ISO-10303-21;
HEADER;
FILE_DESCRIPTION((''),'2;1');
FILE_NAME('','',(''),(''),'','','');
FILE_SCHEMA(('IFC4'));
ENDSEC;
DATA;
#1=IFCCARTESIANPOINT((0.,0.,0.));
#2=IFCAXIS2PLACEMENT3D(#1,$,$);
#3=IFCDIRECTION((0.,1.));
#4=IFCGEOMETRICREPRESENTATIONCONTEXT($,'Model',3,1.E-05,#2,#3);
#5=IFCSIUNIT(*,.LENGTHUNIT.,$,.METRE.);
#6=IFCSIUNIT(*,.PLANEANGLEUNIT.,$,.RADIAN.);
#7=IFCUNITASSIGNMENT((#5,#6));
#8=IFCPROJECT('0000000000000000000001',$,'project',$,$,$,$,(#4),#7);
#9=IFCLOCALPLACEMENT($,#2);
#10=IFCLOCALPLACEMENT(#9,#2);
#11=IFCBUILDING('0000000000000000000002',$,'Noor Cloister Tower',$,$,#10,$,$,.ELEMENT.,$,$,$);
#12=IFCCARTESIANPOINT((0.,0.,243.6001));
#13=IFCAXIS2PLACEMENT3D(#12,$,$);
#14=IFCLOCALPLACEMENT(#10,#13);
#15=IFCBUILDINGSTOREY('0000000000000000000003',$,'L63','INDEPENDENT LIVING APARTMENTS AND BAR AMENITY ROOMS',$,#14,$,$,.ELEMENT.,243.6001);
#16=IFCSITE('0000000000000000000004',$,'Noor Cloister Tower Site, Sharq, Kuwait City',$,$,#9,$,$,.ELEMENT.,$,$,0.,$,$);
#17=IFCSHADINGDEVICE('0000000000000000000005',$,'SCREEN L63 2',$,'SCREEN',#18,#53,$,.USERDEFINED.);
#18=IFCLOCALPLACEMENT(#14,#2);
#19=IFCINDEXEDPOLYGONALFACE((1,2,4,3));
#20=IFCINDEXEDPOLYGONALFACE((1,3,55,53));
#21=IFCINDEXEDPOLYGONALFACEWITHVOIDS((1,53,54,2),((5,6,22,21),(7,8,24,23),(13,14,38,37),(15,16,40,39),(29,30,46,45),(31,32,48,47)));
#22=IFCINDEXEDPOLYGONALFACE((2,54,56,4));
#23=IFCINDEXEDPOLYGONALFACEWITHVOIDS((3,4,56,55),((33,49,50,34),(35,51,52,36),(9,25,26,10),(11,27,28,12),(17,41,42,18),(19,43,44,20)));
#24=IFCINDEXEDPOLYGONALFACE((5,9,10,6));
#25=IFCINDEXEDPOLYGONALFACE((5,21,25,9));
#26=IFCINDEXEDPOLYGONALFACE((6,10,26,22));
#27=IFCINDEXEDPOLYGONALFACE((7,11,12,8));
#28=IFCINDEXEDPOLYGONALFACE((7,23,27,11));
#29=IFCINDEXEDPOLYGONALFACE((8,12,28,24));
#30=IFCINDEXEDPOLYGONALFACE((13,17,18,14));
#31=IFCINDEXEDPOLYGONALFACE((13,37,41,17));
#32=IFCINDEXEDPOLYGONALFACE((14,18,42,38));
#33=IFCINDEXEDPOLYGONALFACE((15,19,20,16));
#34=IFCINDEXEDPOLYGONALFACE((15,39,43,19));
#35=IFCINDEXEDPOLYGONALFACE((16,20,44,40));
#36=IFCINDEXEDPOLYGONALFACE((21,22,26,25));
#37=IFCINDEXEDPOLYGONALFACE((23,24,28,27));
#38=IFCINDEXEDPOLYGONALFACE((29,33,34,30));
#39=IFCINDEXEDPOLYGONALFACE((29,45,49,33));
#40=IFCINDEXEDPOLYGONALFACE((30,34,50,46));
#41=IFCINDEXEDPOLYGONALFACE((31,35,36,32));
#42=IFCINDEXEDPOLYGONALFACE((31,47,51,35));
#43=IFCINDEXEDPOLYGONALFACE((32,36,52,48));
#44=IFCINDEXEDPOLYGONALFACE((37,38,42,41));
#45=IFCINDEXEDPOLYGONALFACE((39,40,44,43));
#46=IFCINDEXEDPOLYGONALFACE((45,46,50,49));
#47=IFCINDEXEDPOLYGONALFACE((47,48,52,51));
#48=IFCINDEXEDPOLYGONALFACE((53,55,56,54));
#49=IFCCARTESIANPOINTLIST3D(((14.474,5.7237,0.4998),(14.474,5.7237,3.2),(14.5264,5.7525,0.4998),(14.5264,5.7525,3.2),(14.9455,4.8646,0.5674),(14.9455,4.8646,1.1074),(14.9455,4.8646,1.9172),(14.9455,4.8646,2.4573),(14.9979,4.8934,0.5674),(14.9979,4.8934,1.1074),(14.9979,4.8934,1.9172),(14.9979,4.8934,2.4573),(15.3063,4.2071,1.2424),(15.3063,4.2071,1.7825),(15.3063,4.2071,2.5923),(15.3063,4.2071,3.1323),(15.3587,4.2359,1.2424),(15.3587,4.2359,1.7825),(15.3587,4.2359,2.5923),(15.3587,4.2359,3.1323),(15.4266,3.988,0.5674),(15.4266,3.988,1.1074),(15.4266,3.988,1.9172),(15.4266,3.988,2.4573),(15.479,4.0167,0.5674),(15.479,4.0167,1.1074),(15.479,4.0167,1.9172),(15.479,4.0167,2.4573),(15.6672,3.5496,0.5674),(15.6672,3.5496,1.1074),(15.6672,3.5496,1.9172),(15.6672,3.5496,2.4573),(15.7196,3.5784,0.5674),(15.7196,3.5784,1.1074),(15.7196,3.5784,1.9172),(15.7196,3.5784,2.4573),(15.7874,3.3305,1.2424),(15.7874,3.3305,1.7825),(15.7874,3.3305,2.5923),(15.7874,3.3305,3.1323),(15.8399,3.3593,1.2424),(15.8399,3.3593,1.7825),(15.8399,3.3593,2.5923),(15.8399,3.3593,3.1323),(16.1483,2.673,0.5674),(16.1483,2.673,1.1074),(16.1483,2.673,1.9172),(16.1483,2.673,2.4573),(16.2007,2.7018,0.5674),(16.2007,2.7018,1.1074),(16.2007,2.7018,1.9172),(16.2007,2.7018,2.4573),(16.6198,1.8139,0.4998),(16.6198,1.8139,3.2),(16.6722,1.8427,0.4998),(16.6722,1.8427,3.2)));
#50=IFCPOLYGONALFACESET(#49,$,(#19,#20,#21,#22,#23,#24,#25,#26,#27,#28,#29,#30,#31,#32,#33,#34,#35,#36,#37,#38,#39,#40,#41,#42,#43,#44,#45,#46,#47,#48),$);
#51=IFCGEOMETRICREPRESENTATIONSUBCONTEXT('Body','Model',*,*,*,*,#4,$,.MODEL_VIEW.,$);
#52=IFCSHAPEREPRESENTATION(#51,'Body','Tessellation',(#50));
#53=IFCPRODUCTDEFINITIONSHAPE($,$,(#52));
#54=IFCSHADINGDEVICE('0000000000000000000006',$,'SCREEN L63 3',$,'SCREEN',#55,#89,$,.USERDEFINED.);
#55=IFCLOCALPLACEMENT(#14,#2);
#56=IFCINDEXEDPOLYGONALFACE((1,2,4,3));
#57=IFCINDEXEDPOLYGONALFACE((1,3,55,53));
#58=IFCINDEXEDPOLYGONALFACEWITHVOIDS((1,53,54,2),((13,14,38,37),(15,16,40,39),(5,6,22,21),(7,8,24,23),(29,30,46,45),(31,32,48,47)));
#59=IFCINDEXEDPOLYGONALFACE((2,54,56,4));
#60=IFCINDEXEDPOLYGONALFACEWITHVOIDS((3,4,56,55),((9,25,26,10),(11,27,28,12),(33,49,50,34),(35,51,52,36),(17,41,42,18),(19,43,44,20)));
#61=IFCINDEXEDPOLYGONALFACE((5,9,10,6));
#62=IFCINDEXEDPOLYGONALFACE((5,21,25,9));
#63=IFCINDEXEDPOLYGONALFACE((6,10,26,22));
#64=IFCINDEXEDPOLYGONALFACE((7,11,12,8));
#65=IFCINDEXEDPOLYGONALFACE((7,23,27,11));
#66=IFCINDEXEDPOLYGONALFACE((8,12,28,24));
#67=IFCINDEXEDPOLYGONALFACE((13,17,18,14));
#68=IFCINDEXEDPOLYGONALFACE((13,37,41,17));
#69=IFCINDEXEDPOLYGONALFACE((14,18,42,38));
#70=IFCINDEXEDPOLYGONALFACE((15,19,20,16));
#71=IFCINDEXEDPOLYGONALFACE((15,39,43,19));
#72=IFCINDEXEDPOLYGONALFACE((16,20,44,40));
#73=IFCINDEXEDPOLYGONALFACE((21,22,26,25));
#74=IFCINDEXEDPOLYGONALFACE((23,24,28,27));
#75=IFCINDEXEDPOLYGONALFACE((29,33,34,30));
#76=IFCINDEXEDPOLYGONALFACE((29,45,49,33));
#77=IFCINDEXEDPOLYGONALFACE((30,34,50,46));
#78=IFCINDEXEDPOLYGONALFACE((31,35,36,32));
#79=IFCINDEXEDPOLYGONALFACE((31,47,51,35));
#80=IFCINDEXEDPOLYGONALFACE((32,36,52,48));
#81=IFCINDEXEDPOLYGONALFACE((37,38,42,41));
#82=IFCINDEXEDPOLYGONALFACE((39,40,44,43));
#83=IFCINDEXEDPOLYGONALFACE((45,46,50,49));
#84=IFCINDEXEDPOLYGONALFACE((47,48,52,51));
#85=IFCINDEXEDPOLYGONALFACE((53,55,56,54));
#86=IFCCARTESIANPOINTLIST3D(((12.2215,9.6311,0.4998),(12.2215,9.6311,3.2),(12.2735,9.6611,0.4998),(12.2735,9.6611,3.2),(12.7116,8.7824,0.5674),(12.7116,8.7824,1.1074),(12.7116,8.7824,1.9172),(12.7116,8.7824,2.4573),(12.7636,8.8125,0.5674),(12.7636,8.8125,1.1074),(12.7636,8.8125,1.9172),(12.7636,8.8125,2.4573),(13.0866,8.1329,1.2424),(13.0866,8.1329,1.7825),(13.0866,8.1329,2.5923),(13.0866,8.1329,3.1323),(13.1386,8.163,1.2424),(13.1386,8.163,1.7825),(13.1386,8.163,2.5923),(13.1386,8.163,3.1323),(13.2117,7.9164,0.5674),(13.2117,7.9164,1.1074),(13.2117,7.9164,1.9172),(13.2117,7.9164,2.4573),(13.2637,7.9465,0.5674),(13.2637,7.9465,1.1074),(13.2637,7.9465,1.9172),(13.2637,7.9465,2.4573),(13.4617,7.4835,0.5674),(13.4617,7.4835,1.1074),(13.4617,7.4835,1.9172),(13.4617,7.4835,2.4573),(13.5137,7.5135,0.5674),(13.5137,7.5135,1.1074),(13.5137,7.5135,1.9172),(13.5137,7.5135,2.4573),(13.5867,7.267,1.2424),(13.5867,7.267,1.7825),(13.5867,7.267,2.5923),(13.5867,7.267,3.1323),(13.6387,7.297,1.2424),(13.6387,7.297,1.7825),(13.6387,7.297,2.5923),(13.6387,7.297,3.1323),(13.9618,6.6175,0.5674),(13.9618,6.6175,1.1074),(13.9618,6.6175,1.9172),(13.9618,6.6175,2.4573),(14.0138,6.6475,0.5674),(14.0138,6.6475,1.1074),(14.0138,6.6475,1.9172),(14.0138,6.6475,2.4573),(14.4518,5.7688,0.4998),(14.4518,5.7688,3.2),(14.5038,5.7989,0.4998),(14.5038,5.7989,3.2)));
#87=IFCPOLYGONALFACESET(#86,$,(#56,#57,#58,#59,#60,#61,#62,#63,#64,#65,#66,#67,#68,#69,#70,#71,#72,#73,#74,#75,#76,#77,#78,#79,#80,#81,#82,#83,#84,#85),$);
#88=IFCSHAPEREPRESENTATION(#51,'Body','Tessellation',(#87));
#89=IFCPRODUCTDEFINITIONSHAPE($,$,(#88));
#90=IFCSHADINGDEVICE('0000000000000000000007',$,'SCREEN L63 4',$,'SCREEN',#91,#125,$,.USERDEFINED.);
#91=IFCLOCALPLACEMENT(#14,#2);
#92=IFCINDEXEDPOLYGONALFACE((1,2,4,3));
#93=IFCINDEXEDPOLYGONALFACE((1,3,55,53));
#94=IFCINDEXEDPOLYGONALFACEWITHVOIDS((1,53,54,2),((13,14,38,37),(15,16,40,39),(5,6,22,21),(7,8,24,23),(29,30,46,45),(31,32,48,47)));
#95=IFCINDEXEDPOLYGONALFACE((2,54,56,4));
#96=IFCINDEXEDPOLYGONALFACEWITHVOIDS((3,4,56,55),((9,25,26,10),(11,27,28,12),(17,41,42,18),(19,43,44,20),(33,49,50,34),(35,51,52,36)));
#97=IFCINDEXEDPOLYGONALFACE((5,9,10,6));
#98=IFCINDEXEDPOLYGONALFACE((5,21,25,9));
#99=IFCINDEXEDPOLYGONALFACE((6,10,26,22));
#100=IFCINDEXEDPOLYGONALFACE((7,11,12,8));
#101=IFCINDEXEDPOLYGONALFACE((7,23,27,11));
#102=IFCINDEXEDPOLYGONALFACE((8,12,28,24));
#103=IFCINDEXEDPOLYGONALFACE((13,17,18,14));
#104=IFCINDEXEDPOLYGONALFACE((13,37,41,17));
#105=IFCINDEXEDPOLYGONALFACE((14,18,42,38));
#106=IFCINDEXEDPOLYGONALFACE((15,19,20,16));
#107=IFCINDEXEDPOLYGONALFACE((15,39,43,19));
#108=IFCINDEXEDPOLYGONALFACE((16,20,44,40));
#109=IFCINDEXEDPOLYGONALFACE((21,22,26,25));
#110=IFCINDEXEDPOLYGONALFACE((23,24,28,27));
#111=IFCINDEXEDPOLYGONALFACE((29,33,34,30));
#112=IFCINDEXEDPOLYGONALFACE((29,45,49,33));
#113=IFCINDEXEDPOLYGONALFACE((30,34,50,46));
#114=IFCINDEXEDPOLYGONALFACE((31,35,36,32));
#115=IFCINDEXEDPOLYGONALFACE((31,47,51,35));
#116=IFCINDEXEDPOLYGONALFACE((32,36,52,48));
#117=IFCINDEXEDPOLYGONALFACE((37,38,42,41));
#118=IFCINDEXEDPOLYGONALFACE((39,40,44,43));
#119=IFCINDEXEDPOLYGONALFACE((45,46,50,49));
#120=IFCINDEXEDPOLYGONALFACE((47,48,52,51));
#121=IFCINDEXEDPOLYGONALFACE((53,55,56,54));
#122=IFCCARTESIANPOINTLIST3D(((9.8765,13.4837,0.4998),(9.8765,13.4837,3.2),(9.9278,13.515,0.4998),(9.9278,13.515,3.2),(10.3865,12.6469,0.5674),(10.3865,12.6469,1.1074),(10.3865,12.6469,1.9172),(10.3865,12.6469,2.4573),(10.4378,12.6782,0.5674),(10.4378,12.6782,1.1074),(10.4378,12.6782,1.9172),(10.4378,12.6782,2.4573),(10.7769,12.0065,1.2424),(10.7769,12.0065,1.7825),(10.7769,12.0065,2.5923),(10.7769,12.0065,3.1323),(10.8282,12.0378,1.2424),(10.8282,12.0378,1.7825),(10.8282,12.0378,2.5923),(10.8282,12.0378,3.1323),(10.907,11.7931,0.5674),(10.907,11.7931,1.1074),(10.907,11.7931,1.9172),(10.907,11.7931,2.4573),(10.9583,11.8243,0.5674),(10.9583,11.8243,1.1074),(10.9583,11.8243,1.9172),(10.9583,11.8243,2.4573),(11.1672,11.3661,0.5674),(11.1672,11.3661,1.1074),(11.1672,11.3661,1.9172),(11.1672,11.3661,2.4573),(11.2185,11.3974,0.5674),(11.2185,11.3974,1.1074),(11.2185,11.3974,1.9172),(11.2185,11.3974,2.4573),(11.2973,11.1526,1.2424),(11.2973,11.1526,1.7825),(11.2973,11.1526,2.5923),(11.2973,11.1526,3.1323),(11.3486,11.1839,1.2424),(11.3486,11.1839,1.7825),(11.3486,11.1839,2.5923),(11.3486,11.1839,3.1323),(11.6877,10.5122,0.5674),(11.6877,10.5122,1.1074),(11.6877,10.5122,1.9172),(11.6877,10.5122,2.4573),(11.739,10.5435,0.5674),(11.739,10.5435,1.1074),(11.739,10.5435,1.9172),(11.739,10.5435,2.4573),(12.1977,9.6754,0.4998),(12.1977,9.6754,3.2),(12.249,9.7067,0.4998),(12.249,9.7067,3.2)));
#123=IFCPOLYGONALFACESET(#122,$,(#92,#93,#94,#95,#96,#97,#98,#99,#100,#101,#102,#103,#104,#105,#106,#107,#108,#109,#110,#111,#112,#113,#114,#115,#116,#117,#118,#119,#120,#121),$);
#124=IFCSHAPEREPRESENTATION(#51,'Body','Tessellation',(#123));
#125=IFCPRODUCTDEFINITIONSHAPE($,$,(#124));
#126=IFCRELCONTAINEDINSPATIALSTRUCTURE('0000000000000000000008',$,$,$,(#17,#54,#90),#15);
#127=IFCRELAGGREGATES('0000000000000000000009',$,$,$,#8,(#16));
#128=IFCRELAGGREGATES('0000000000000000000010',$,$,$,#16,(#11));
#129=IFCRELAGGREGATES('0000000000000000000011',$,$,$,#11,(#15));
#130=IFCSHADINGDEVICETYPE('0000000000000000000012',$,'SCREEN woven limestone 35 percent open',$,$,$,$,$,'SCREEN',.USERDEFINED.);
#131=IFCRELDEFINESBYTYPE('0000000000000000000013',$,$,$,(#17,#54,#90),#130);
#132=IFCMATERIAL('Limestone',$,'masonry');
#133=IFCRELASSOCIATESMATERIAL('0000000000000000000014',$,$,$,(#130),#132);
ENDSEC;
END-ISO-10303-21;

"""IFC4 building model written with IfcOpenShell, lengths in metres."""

from ifc_helpers import new_model, si_unit, direction, frame, origin, place, context, subcontext, project, spatial, polyline, outline, extrude, material, material_profile, profile_set, type_object, element, save


model = new_model("IFC4")

# Units and contexts
model_context = context("Model", 3, precision=1e-05, world=origin(), true_north=direction((0.0, 1.0)))
body_context = subcontext(model_context, "Body", "Model", "MODEL_VIEW")
ifc_project = project(units=[si_unit("LENGTHUNIT", "METRE"), si_unit("PLANEANGLEUNIT", "RADIAN")], contexts=[model_context])

# Site, building, storey
site_placement = place(None, origin())
site = spatial("IfcSite", under=ifc_project, at=site_placement, Name="Noor Cloister Tower Site, Sharq, Kuwait City", CompositionType="ELEMENT", RefElevation=0.0)
building_placement = place(site_placement, origin())
building = spatial("IfcBuilding", under=site, at=building_placement, Name="Noor Cloister Tower", CompositionType="ELEMENT")
storey_placement = place(building_placement, frame((0.0, 0.0, 243.6001)))
storey = spatial("IfcBuildingStorey", under=building, at=storey_placement, Name="L63", Description="INDEPENDENT LIVING APARTMENTS AND BAR AMENITY ROOMS", CompositionType="ELEMENT", Elevation=243.6001)

# Shading devices
ifc_material_1 = material(Name="Limestone", Category="masonry")
ifc_material_profile_1 = material_profile(ifc_material_1, outline(polyline([(-2.23, -1.3501), (2.23, -1.3501), (2.23, 1.3501), (-2.23, 1.3501), (-2.23, -1.3501)]), holes=[polyline([(-1.25, -1.2825), (-0.25, -1.2825), (-0.25, -0.7424), (-1.25, -0.7424), (-1.25, -1.2825)]), polyline([(0.25, -1.2825), (1.25, -1.2825), (1.25, -0.7424), (0.25, -0.7424), (0.25, -1.2825)]), polyline([(-0.5, -0.6074), (0.5, -0.6074), (0.5, -0.0674), (-0.5, -0.0674), (-0.5, -0.6074)]), polyline([(-1.25, 0.0674), (-0.25, 0.0674), (-0.25, 0.6074), (-1.25, 0.6074), (-1.25, 0.0674)]), polyline([(0.25, 0.0674), (1.25, 0.0674), (1.25, 0.6074), (0.25, 0.6074), (0.25, 0.0674)]), polyline([(-0.5, 0.7424), (0.5, 0.7424), (0.5, 1.2825), (-0.5, 1.2825), (-0.5, 0.7424)])]), Name="Woven screen 35 percent open")
ifc_profile_set_1 = profile_set([ifc_material_profile_1], Name="Limestone")
shading_device_type = type_object("IfcShadingDeviceType", Name="SCREEN woven limestone 35 percent open", ElementType="SCREEN", PredefinedType="USERDEFINED", material=ifc_profile_set_1)
shading_device_placement = place(storey_placement, frame((15.5469, 3.7688, 1.8499), z_axis=(0.876646, 0.481136, 0.0), x_axis=(-0.481136, 0.876646, 0.0)))
element("IfcShadingDevice", 1, at=shading_device_placement, inside=storey, type_object=shading_device_type, Name="SCREEN L63 2", ObjectType="SCREEN", PredefinedType="USERDEFINED", context=body_context, shape_type="SweptSolid", body=[
    extrude(outline(polyline([(-2.23, -1.3501), (2.23, -1.3501), (2.23, 1.3501), (-2.23, 1.3501), (-2.23, -1.3501)]), holes=[polyline([(-1.25, -1.2825), (-0.25, -1.2825), (-0.25, -0.7424), (-1.25, -0.7424), (-1.25, -1.2825)]), polyline([(0.25, -1.2825), (1.25, -1.2825), (1.25, -0.7424), (0.25, -0.7424), (0.25, -1.2825)]), polyline([(-0.5, -0.6074), (0.5, -0.6074), (0.5, -0.0674), (-0.5, -0.0674), (-0.5, -0.6074)]), polyline([(-1.25, 0.0674), (-0.25, 0.0674), (-0.25, 0.6074), (-1.25, 0.6074), (-1.25, 0.0674)]), polyline([(0.25, 0.0674), (1.25, 0.0674), (1.25, 0.6074), (0.25, 0.6074), (0.25, 0.0674)]), polyline([(-0.5, 0.7424), (0.5, 0.7424), (0.5, 1.2825), (-0.5, 1.2825), (-0.5, 0.7424)])]), origin(), (0.0, 0.0, 1.0), 0.0598),
])
for number, where, z_axis, x_axis, name in (
    (2, (13.3367, 7.7, 1.8499), (0.865982, 0.500074, 0.0), (-0.500074, 0.865982, 0.0), "SCREEN L63 3"),
    (3, (11.0371, 11.5796, 1.8499), (0.853884, 0.520463, 0.0), (-0.520463, 0.853884, 0.0), "SCREEN L63 4"),
):
    element("IfcShadingDevice", number, at=place(storey_placement, frame(where, z_axis=z_axis, x_axis=x_axis)), inside=storey, type_object=shading_device_type, Name=name, ObjectType="SCREEN", PredefinedType="USERDEFINED", context=body_context, shape_type="SweptSolid", body=[
        extrude(outline(polyline([(-2.23, -1.3501), (2.23, -1.3501), (2.23, 1.3501), (-2.23, 1.3501), (-2.23, -1.3501)]), holes=[polyline([(-1.25, -1.2825), (-0.25, -1.2825), (-0.25, -0.7424), (-1.25, -0.7424), (-1.25, -1.2825)]), polyline([(0.25, -1.2825), (1.25, -1.2825), (1.25, -0.7424), (0.25, -0.7424), (0.25, -1.2825)]), polyline([(-0.5, -0.6074), (0.5, -0.6074), (0.5, -0.0674), (-0.5, -0.0674), (-0.5, -0.6074)]), polyline([(-1.25, 0.0674), (-0.25, 0.0674), (-0.25, 0.6074), (-1.25, 0.6074), (-1.25, 0.0674)]), polyline([(0.25, 0.0674), (1.25, 0.0674), (1.25, 0.6074), (0.25, 0.6074), (0.25, 0.0674)]), polyline([(-0.5, 0.7424), (0.5, 0.7424), (0.5, 1.2825), (-0.5, 1.2825), (-0.5, 0.7424)])]), origin(), (0.0, 0.0, 1.0), 0.0601),
    ])

save(model, "model.ifc")
